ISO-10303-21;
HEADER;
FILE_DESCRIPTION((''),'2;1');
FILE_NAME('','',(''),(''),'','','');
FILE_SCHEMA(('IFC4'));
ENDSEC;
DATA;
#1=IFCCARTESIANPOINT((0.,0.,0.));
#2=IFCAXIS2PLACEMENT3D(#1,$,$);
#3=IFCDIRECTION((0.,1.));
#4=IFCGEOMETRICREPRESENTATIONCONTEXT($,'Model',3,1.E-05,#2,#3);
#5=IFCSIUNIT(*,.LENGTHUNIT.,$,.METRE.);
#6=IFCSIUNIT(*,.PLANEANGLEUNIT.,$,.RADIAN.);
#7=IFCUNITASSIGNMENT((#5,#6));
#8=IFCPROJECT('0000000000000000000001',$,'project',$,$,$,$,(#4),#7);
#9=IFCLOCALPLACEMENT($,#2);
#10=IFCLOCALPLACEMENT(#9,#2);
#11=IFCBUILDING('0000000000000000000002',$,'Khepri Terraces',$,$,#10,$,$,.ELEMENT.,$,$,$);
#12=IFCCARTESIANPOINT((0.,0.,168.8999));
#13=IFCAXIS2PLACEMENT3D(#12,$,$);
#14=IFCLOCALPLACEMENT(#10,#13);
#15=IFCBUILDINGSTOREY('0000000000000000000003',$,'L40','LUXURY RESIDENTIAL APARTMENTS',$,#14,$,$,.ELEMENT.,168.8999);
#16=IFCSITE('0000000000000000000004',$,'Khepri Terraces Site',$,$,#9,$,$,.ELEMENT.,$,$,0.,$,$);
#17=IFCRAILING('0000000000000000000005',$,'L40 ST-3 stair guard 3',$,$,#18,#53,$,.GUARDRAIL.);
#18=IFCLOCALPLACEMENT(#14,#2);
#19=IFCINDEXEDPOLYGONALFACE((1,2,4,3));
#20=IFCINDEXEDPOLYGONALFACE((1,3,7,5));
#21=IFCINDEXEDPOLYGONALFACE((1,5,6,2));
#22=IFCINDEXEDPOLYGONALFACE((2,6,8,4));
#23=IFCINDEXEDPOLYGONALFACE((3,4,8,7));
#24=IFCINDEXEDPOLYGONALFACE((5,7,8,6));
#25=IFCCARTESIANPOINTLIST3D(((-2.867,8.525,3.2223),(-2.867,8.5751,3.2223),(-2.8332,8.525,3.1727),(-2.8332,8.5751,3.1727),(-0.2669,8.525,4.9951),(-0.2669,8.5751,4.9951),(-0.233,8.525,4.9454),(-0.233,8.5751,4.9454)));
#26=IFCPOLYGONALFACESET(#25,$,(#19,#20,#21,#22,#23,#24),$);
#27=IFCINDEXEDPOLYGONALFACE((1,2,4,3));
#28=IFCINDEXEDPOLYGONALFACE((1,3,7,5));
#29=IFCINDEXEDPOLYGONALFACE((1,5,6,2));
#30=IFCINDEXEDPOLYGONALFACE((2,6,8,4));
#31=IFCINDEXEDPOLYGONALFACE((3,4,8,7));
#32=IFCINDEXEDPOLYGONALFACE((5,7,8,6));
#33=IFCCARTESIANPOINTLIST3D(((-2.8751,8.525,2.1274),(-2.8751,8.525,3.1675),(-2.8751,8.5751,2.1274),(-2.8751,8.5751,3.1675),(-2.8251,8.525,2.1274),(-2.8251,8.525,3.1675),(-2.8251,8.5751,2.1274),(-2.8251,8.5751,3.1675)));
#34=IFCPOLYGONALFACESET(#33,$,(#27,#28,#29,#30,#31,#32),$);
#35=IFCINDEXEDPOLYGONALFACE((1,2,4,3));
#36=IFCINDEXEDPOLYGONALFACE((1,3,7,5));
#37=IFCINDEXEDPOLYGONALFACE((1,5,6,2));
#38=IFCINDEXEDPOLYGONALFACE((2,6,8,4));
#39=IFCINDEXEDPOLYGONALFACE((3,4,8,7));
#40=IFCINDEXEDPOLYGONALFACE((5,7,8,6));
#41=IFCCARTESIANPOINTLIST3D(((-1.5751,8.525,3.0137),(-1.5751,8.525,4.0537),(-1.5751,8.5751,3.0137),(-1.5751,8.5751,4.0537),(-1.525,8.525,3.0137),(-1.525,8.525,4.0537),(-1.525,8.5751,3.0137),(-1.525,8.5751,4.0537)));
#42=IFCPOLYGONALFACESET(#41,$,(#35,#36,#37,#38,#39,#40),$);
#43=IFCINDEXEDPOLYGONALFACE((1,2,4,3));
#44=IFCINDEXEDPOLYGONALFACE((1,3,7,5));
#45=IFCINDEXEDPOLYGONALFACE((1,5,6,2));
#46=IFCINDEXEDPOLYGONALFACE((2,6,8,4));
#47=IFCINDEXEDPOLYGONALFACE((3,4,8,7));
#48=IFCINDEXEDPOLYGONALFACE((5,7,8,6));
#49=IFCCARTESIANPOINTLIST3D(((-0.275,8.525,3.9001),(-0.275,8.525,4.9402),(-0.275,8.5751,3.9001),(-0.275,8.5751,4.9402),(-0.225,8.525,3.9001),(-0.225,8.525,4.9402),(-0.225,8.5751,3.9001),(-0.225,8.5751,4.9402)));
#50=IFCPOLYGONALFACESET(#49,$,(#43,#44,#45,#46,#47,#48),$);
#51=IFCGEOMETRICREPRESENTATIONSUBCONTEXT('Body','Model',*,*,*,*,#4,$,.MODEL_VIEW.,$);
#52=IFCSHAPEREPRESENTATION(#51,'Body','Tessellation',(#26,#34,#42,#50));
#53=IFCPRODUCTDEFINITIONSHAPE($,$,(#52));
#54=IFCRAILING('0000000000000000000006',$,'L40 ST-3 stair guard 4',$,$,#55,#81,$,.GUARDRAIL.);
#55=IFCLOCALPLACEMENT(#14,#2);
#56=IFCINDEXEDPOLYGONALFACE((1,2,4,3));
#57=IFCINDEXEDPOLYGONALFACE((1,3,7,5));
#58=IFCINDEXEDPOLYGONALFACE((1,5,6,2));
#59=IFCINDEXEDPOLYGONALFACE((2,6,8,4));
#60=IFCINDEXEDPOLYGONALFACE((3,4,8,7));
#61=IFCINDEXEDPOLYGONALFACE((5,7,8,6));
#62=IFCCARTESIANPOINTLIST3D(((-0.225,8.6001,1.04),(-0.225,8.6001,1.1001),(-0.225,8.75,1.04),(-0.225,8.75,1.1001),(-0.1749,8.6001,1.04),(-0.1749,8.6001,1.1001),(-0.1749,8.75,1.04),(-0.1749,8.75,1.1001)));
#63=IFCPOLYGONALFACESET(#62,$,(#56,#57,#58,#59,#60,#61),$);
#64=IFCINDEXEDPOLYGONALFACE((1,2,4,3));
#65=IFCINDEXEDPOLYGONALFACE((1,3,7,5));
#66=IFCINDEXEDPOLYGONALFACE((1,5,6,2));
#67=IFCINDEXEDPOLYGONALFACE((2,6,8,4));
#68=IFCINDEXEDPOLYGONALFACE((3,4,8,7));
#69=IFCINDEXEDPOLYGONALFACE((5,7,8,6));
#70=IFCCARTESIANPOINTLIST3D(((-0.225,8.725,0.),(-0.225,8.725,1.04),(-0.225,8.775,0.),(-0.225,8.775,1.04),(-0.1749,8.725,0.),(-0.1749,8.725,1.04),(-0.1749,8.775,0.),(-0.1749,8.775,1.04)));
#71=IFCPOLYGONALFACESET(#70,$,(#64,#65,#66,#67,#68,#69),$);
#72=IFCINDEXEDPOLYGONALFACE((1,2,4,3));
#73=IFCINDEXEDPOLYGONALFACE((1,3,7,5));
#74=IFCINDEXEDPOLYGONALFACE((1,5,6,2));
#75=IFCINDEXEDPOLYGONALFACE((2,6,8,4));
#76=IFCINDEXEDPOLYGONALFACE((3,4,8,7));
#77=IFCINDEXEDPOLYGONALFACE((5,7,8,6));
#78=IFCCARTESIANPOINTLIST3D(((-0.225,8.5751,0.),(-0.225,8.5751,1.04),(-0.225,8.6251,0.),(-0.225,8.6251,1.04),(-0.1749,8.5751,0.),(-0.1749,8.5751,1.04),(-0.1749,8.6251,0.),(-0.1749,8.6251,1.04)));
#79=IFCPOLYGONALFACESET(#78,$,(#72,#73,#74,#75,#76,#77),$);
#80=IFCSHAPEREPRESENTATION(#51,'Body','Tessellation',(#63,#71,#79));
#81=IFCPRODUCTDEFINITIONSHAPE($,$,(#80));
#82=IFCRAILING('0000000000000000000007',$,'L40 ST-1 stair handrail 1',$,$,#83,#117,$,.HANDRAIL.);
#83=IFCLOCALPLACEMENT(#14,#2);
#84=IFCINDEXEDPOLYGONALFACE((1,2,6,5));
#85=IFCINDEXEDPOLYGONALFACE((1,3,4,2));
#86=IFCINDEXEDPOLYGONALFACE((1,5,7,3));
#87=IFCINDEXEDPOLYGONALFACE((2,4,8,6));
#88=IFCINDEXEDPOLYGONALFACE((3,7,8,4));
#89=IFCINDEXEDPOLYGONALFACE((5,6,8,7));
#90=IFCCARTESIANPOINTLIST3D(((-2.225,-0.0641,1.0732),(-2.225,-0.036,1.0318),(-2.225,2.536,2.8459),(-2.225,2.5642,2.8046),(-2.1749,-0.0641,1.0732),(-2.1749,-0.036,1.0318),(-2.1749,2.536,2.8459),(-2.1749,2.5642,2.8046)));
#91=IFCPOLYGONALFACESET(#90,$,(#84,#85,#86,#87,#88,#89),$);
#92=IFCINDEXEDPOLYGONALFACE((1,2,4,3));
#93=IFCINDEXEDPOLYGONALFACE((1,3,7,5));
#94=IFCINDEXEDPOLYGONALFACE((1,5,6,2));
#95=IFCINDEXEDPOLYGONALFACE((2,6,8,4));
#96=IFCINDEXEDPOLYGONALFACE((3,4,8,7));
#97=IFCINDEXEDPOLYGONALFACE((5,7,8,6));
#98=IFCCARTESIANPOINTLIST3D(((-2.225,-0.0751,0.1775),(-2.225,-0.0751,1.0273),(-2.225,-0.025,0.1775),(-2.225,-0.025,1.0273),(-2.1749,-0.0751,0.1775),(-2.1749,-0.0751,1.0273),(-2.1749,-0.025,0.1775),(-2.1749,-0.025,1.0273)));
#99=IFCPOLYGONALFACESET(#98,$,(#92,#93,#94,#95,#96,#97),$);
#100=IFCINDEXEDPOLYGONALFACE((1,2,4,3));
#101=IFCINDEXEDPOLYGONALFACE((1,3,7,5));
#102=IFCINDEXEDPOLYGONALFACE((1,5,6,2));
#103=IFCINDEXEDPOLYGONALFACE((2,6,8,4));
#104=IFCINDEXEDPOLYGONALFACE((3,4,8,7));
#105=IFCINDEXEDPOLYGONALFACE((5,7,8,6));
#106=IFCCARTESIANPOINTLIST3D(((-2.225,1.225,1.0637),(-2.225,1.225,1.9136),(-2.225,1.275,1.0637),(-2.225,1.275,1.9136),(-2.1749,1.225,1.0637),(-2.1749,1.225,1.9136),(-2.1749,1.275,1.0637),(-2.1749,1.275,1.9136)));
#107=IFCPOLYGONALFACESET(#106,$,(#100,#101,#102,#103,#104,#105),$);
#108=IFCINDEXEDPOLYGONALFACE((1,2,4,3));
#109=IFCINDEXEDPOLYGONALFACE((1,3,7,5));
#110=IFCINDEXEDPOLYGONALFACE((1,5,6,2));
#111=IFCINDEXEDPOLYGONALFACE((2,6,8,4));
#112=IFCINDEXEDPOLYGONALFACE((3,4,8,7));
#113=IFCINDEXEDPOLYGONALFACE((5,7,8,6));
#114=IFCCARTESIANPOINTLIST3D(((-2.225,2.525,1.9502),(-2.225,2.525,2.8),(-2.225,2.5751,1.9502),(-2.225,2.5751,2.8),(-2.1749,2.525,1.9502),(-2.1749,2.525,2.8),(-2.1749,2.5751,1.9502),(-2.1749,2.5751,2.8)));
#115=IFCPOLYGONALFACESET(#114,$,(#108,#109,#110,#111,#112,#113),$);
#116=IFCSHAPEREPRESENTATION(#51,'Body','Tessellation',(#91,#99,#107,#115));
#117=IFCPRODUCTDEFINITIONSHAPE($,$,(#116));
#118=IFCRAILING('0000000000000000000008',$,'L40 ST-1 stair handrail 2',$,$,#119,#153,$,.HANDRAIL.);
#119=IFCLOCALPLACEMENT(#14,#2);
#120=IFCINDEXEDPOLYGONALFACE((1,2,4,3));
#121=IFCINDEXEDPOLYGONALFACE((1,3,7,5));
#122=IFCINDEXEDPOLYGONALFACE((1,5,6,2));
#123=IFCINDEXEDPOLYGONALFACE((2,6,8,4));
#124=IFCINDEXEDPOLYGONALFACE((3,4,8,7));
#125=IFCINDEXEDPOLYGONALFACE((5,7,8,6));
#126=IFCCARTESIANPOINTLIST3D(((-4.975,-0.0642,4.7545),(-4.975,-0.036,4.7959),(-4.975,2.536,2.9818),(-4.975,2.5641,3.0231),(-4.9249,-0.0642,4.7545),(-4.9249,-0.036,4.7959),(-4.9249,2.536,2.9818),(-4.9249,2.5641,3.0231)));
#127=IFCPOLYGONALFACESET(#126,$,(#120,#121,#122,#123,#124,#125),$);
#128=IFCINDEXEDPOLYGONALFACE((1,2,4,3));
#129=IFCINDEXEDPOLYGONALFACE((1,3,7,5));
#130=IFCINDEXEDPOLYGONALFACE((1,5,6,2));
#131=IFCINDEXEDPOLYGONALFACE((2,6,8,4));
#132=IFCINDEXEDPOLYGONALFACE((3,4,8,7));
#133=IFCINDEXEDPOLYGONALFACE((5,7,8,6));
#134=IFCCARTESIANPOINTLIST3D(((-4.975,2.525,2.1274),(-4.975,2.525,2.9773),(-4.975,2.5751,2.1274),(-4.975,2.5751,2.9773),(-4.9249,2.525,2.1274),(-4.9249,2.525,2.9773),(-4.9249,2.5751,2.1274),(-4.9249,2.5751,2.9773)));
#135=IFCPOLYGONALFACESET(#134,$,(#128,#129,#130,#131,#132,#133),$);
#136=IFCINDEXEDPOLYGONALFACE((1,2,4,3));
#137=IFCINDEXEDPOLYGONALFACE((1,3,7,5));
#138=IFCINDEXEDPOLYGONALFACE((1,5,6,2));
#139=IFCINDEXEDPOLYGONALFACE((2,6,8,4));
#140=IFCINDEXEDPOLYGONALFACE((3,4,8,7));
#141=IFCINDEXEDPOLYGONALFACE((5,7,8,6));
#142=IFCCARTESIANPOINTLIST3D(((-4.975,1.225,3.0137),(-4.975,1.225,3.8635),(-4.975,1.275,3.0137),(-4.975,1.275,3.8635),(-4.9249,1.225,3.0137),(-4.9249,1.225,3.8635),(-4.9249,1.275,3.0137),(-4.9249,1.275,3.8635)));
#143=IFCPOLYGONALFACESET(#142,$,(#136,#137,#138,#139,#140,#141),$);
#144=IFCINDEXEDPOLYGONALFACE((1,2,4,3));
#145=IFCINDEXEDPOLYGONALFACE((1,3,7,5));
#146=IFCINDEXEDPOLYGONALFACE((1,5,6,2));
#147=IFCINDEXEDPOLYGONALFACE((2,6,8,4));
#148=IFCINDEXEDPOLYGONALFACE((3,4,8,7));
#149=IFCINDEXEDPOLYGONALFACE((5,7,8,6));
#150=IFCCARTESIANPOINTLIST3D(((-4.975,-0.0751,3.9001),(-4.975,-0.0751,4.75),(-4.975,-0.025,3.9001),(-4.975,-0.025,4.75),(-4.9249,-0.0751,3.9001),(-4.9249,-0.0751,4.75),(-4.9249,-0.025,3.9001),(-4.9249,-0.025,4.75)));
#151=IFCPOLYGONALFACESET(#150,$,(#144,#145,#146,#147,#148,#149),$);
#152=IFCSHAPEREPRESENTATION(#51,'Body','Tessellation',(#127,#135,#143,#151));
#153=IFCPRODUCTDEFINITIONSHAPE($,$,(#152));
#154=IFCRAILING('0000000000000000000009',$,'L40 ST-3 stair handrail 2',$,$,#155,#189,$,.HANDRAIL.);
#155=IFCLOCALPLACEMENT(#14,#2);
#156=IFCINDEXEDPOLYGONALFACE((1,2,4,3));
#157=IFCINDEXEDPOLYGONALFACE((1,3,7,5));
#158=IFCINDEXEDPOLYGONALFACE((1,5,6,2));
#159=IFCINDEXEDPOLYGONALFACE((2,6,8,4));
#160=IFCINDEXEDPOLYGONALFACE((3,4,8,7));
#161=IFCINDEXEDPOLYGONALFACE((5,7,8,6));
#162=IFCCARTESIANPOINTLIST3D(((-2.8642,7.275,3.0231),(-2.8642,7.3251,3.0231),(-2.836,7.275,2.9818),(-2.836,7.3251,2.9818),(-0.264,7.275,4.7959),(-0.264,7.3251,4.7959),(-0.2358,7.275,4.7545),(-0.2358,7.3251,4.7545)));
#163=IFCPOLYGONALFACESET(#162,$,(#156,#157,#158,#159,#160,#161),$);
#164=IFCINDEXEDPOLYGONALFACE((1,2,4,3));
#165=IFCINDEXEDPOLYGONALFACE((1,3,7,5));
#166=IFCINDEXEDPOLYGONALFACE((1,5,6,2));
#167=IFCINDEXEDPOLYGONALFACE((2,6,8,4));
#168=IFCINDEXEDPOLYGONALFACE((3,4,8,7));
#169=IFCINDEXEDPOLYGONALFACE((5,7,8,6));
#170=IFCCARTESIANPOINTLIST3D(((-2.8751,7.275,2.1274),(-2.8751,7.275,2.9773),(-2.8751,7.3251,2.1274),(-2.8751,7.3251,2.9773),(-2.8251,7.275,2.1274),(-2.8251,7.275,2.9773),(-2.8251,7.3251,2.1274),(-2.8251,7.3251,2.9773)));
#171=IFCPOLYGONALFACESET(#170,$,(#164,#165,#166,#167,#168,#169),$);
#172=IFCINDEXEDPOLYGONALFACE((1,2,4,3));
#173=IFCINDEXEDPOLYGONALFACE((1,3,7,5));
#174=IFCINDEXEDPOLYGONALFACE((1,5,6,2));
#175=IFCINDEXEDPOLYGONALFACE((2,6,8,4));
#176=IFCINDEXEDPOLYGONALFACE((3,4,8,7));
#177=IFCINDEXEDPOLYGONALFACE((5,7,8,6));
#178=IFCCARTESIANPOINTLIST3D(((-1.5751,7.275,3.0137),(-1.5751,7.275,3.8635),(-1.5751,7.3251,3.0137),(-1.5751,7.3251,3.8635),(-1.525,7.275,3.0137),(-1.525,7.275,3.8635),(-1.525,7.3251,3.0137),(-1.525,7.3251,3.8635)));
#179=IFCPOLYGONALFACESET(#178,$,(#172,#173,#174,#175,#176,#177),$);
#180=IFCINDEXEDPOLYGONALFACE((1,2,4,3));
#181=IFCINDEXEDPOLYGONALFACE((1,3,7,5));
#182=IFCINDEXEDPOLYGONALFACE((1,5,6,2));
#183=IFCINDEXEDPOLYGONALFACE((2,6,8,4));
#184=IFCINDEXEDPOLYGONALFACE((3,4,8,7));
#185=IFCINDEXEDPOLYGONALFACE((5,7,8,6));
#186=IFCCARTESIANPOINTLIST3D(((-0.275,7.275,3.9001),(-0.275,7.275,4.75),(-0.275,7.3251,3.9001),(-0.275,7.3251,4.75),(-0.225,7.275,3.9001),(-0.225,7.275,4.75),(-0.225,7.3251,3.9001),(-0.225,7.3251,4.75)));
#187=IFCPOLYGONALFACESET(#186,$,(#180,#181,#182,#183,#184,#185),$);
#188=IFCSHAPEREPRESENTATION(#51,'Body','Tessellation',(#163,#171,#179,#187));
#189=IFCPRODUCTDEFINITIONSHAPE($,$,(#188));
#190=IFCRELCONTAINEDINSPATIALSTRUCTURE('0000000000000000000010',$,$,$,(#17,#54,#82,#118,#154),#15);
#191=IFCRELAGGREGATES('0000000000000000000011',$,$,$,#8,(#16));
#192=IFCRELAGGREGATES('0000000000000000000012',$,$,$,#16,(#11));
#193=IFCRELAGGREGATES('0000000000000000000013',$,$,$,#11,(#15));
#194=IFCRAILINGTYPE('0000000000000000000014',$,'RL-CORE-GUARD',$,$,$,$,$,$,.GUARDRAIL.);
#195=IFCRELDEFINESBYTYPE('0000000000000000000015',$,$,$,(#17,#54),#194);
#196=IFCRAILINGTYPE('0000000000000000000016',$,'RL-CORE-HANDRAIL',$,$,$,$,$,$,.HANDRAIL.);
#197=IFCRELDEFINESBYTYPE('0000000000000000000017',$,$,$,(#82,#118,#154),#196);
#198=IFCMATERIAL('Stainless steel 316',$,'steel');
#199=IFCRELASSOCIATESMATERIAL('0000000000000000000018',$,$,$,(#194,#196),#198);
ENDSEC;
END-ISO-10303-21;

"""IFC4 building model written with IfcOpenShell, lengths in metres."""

from ifc_helpers import new_model, si_unit, direction, frame, origin, origin_2d, place, context, subcontext, project, spatial, rectangle, extrude, material, type_object, element, save


model = new_model("IFC4")

# Units and contexts
model_context = context("Model", 3, precision=1e-05, world=origin(), true_north=direction((0.0, 1.0)))
body_context = subcontext(model_context, "Body", "Model", "MODEL_VIEW")
ifc_project = project(units=[si_unit("LENGTHUNIT", "METRE"), si_unit("PLANEANGLEUNIT", "RADIAN")], contexts=[model_context])

# Site, building, storey
site_placement = place(None, origin())
site = spatial("IfcSite", under=ifc_project, at=site_placement, Name="Khepri Terraces Site", CompositionType="ELEMENT", RefElevation=0.0)
building_placement = place(site_placement, origin())
building = spatial("IfcBuilding", under=site, at=building_placement, Name="Khepri Terraces", CompositionType="ELEMENT")
storey_placement = place(building_placement, frame((0.0, 0.0, 168.8999)))
storey = spatial("IfcBuildingStorey", under=building, at=storey_placement, Name="L40", Description="LUXURY RESIDENTIAL APARTMENTS", CompositionType="ELEMENT", Elevation=168.8999)

# Railings
ifc_material_1 = material(Name="Stainless steel 316", Category="steel")
railing_type_1 = type_object("IfcRailingType", Name="RL-CORE-GUARD", PredefinedType="GUARDRAIL", material=ifc_material_1)
railing_1_placement = place(storey_placement, frame((-2.8501, 8.55, 2.1274)))
element("IfcRailing", 1, at=railing_1_placement, inside=storey, type_object=railing_type_1, Name="L40 ST-3 stair guard 3", PredefinedType="GUARDRAIL", context=body_context, shape_type="SweptSolid", body=[
    extrude(rectangle(XDim=0.05, YDim=0.0601, at=origin_2d()), frame((0.0, 0.0, 1.0701), z_axis=(0.82624, 0.0, 0.563318), x_axis=(0.0, 1.0, 0.0)), (0.0, 0.0, 1.0), 3.147),
    extrude(rectangle(XDim=0.05, YDim=0.05, at=origin_2d()), origin(), (0.0, 0.0, 1.0), 1.04),
    extrude(rectangle(XDim=0.05, YDim=0.05, at=origin_2d()), frame((1.3, 0.0, 0.8862)), (0.0, 0.0, 1.0), 1.04),
    extrude(rectangle(XDim=0.05, YDim=0.05, at=origin_2d()), frame((2.6001, 0.0, 1.7727)), (0.0, 0.0, 1.0), 1.04),
])
railing_2_placement = place(storey_placement, frame((-0.2, 8.75, 0.0)))
element("IfcRailing", 2, at=railing_2_placement, inside=storey, type_object=railing_type_1, Name="L40 ST-3 stair guard 4", PredefinedType="GUARDRAIL", context=body_context, shape_type="SweptSolid", body=[
    extrude(rectangle(XDim=0.05, YDim=0.0601, at=origin_2d()), frame((0.0, 0.0, 1.0701), z_axis=(0.0, -1.0, 0.0), x_axis=(1.0, 0.0, 0.0)), (0.0, 0.0, 1.0), 0.1499),
    extrude(rectangle(XDim=0.05, YDim=0.05, at=origin_2d()), origin(), (0.0, 0.0, 1.0), 1.04),
    extrude(rectangle(XDim=0.05, YDim=0.05, at=origin_2d()), frame((0.0, -0.1499, 0.0)), (0.0, 0.0, 1.0), 1.04),
])
railing_type_2 = type_object("IfcRailingType", Name="RL-CORE-HANDRAIL", PredefinedType="HANDRAIL", material=ifc_material_1)
railing_3_placement = place(storey_placement, frame((-2.2, -0.05, 0.1775)))
element("IfcRailing", 3, at=railing_3_placement, inside=storey, type_object=railing_type_2, Name="L40 ST-1 stair handrail 1", PredefinedType="HANDRAIL", context=body_context, shape_type="SweptSolid", body=[
    extrude(rectangle(XDim=0.05, YDim=0.05, at=origin_2d()), frame((0.0, 0.0, 0.875), z_axis=(0.0, 0.82624, 0.563318), x_axis=(-1.0, 0.0, 0.0)), (0.0, 0.0, 1.0), 3.147),
    extrude(rectangle(XDim=0.05, YDim=0.05, at=origin_2d()), origin(), (0.0, 0.0, 1.0), 0.8499),
    extrude(rectangle(XDim=0.05, YDim=0.05, at=origin_2d()), frame((0.0, 1.3, 0.8862)), (0.0, 0.0, 1.0), 0.8499),
    extrude(rectangle(XDim=0.05, YDim=0.05, at=origin_2d()), frame((0.0, 2.6001, 1.7727)), (0.0, 0.0, 1.0), 0.8499),
])
railing_4_placement = place(storey_placement, frame((-4.95, 2.55, 2.1274)))
element("IfcRailing", 4, at=railing_4_placement, inside=storey, type_object=railing_type_2, Name="L40 ST-1 stair handrail 2", PredefinedType="HANDRAIL", context=body_context, shape_type="SweptSolid", body=[
    extrude(rectangle(XDim=0.05, YDim=0.05, at=origin_2d()), frame((0.0, 0.0, 0.875), z_axis=(0.0, -0.82624, 0.563318), x_axis=(1.0, 0.0, 0.0)), (0.0, 0.0, 1.0), 3.147),
    extrude(rectangle(XDim=0.05, YDim=0.05, at=origin_2d()), origin(), (0.0, 0.0, 1.0), 0.8499),
    extrude(rectangle(XDim=0.05, YDim=0.05, at=origin_2d()), frame((0.0, -1.3, 0.8862)), (0.0, 0.0, 1.0), 0.8499),
    extrude(rectangle(XDim=0.05, YDim=0.05, at=origin_2d()), frame((0.0, -2.6001, 1.7727)), (0.0, 0.0, 1.0), 0.8499),
])
railing_5_placement = place(storey_placement, frame((-2.8501, 7.3, 2.1274)))
element("IfcRailing", 5, at=railing_5_placement, inside=storey, type_object=railing_type_2, Name="L40 ST-3 stair handrail 2", PredefinedType="HANDRAIL", context=body_context, shape_type="SweptSolid", body=[
    extrude(rectangle(XDim=0.05, YDim=0.05, at=origin_2d()), frame((0.0, 0.0, 0.875), z_axis=(0.82624, 0.0, 0.563318), x_axis=(0.0, 1.0, 0.0)), (0.0, 0.0, 1.0), 3.147),
    extrude(rectangle(XDim=0.05, YDim=0.05, at=origin_2d()), origin(), (0.0, 0.0, 1.0), 0.8499),
    extrude(rectangle(XDim=0.05, YDim=0.05, at=origin_2d()), frame((1.3, 0.0, 0.8862)), (0.0, 0.0, 1.0), 0.8499),
    extrude(rectangle(XDim=0.05, YDim=0.05, at=origin_2d()), frame((2.6001, 0.0, 1.7727)), (0.0, 0.0, 1.0), 0.8499),
])

save(model, "model.ifc")
